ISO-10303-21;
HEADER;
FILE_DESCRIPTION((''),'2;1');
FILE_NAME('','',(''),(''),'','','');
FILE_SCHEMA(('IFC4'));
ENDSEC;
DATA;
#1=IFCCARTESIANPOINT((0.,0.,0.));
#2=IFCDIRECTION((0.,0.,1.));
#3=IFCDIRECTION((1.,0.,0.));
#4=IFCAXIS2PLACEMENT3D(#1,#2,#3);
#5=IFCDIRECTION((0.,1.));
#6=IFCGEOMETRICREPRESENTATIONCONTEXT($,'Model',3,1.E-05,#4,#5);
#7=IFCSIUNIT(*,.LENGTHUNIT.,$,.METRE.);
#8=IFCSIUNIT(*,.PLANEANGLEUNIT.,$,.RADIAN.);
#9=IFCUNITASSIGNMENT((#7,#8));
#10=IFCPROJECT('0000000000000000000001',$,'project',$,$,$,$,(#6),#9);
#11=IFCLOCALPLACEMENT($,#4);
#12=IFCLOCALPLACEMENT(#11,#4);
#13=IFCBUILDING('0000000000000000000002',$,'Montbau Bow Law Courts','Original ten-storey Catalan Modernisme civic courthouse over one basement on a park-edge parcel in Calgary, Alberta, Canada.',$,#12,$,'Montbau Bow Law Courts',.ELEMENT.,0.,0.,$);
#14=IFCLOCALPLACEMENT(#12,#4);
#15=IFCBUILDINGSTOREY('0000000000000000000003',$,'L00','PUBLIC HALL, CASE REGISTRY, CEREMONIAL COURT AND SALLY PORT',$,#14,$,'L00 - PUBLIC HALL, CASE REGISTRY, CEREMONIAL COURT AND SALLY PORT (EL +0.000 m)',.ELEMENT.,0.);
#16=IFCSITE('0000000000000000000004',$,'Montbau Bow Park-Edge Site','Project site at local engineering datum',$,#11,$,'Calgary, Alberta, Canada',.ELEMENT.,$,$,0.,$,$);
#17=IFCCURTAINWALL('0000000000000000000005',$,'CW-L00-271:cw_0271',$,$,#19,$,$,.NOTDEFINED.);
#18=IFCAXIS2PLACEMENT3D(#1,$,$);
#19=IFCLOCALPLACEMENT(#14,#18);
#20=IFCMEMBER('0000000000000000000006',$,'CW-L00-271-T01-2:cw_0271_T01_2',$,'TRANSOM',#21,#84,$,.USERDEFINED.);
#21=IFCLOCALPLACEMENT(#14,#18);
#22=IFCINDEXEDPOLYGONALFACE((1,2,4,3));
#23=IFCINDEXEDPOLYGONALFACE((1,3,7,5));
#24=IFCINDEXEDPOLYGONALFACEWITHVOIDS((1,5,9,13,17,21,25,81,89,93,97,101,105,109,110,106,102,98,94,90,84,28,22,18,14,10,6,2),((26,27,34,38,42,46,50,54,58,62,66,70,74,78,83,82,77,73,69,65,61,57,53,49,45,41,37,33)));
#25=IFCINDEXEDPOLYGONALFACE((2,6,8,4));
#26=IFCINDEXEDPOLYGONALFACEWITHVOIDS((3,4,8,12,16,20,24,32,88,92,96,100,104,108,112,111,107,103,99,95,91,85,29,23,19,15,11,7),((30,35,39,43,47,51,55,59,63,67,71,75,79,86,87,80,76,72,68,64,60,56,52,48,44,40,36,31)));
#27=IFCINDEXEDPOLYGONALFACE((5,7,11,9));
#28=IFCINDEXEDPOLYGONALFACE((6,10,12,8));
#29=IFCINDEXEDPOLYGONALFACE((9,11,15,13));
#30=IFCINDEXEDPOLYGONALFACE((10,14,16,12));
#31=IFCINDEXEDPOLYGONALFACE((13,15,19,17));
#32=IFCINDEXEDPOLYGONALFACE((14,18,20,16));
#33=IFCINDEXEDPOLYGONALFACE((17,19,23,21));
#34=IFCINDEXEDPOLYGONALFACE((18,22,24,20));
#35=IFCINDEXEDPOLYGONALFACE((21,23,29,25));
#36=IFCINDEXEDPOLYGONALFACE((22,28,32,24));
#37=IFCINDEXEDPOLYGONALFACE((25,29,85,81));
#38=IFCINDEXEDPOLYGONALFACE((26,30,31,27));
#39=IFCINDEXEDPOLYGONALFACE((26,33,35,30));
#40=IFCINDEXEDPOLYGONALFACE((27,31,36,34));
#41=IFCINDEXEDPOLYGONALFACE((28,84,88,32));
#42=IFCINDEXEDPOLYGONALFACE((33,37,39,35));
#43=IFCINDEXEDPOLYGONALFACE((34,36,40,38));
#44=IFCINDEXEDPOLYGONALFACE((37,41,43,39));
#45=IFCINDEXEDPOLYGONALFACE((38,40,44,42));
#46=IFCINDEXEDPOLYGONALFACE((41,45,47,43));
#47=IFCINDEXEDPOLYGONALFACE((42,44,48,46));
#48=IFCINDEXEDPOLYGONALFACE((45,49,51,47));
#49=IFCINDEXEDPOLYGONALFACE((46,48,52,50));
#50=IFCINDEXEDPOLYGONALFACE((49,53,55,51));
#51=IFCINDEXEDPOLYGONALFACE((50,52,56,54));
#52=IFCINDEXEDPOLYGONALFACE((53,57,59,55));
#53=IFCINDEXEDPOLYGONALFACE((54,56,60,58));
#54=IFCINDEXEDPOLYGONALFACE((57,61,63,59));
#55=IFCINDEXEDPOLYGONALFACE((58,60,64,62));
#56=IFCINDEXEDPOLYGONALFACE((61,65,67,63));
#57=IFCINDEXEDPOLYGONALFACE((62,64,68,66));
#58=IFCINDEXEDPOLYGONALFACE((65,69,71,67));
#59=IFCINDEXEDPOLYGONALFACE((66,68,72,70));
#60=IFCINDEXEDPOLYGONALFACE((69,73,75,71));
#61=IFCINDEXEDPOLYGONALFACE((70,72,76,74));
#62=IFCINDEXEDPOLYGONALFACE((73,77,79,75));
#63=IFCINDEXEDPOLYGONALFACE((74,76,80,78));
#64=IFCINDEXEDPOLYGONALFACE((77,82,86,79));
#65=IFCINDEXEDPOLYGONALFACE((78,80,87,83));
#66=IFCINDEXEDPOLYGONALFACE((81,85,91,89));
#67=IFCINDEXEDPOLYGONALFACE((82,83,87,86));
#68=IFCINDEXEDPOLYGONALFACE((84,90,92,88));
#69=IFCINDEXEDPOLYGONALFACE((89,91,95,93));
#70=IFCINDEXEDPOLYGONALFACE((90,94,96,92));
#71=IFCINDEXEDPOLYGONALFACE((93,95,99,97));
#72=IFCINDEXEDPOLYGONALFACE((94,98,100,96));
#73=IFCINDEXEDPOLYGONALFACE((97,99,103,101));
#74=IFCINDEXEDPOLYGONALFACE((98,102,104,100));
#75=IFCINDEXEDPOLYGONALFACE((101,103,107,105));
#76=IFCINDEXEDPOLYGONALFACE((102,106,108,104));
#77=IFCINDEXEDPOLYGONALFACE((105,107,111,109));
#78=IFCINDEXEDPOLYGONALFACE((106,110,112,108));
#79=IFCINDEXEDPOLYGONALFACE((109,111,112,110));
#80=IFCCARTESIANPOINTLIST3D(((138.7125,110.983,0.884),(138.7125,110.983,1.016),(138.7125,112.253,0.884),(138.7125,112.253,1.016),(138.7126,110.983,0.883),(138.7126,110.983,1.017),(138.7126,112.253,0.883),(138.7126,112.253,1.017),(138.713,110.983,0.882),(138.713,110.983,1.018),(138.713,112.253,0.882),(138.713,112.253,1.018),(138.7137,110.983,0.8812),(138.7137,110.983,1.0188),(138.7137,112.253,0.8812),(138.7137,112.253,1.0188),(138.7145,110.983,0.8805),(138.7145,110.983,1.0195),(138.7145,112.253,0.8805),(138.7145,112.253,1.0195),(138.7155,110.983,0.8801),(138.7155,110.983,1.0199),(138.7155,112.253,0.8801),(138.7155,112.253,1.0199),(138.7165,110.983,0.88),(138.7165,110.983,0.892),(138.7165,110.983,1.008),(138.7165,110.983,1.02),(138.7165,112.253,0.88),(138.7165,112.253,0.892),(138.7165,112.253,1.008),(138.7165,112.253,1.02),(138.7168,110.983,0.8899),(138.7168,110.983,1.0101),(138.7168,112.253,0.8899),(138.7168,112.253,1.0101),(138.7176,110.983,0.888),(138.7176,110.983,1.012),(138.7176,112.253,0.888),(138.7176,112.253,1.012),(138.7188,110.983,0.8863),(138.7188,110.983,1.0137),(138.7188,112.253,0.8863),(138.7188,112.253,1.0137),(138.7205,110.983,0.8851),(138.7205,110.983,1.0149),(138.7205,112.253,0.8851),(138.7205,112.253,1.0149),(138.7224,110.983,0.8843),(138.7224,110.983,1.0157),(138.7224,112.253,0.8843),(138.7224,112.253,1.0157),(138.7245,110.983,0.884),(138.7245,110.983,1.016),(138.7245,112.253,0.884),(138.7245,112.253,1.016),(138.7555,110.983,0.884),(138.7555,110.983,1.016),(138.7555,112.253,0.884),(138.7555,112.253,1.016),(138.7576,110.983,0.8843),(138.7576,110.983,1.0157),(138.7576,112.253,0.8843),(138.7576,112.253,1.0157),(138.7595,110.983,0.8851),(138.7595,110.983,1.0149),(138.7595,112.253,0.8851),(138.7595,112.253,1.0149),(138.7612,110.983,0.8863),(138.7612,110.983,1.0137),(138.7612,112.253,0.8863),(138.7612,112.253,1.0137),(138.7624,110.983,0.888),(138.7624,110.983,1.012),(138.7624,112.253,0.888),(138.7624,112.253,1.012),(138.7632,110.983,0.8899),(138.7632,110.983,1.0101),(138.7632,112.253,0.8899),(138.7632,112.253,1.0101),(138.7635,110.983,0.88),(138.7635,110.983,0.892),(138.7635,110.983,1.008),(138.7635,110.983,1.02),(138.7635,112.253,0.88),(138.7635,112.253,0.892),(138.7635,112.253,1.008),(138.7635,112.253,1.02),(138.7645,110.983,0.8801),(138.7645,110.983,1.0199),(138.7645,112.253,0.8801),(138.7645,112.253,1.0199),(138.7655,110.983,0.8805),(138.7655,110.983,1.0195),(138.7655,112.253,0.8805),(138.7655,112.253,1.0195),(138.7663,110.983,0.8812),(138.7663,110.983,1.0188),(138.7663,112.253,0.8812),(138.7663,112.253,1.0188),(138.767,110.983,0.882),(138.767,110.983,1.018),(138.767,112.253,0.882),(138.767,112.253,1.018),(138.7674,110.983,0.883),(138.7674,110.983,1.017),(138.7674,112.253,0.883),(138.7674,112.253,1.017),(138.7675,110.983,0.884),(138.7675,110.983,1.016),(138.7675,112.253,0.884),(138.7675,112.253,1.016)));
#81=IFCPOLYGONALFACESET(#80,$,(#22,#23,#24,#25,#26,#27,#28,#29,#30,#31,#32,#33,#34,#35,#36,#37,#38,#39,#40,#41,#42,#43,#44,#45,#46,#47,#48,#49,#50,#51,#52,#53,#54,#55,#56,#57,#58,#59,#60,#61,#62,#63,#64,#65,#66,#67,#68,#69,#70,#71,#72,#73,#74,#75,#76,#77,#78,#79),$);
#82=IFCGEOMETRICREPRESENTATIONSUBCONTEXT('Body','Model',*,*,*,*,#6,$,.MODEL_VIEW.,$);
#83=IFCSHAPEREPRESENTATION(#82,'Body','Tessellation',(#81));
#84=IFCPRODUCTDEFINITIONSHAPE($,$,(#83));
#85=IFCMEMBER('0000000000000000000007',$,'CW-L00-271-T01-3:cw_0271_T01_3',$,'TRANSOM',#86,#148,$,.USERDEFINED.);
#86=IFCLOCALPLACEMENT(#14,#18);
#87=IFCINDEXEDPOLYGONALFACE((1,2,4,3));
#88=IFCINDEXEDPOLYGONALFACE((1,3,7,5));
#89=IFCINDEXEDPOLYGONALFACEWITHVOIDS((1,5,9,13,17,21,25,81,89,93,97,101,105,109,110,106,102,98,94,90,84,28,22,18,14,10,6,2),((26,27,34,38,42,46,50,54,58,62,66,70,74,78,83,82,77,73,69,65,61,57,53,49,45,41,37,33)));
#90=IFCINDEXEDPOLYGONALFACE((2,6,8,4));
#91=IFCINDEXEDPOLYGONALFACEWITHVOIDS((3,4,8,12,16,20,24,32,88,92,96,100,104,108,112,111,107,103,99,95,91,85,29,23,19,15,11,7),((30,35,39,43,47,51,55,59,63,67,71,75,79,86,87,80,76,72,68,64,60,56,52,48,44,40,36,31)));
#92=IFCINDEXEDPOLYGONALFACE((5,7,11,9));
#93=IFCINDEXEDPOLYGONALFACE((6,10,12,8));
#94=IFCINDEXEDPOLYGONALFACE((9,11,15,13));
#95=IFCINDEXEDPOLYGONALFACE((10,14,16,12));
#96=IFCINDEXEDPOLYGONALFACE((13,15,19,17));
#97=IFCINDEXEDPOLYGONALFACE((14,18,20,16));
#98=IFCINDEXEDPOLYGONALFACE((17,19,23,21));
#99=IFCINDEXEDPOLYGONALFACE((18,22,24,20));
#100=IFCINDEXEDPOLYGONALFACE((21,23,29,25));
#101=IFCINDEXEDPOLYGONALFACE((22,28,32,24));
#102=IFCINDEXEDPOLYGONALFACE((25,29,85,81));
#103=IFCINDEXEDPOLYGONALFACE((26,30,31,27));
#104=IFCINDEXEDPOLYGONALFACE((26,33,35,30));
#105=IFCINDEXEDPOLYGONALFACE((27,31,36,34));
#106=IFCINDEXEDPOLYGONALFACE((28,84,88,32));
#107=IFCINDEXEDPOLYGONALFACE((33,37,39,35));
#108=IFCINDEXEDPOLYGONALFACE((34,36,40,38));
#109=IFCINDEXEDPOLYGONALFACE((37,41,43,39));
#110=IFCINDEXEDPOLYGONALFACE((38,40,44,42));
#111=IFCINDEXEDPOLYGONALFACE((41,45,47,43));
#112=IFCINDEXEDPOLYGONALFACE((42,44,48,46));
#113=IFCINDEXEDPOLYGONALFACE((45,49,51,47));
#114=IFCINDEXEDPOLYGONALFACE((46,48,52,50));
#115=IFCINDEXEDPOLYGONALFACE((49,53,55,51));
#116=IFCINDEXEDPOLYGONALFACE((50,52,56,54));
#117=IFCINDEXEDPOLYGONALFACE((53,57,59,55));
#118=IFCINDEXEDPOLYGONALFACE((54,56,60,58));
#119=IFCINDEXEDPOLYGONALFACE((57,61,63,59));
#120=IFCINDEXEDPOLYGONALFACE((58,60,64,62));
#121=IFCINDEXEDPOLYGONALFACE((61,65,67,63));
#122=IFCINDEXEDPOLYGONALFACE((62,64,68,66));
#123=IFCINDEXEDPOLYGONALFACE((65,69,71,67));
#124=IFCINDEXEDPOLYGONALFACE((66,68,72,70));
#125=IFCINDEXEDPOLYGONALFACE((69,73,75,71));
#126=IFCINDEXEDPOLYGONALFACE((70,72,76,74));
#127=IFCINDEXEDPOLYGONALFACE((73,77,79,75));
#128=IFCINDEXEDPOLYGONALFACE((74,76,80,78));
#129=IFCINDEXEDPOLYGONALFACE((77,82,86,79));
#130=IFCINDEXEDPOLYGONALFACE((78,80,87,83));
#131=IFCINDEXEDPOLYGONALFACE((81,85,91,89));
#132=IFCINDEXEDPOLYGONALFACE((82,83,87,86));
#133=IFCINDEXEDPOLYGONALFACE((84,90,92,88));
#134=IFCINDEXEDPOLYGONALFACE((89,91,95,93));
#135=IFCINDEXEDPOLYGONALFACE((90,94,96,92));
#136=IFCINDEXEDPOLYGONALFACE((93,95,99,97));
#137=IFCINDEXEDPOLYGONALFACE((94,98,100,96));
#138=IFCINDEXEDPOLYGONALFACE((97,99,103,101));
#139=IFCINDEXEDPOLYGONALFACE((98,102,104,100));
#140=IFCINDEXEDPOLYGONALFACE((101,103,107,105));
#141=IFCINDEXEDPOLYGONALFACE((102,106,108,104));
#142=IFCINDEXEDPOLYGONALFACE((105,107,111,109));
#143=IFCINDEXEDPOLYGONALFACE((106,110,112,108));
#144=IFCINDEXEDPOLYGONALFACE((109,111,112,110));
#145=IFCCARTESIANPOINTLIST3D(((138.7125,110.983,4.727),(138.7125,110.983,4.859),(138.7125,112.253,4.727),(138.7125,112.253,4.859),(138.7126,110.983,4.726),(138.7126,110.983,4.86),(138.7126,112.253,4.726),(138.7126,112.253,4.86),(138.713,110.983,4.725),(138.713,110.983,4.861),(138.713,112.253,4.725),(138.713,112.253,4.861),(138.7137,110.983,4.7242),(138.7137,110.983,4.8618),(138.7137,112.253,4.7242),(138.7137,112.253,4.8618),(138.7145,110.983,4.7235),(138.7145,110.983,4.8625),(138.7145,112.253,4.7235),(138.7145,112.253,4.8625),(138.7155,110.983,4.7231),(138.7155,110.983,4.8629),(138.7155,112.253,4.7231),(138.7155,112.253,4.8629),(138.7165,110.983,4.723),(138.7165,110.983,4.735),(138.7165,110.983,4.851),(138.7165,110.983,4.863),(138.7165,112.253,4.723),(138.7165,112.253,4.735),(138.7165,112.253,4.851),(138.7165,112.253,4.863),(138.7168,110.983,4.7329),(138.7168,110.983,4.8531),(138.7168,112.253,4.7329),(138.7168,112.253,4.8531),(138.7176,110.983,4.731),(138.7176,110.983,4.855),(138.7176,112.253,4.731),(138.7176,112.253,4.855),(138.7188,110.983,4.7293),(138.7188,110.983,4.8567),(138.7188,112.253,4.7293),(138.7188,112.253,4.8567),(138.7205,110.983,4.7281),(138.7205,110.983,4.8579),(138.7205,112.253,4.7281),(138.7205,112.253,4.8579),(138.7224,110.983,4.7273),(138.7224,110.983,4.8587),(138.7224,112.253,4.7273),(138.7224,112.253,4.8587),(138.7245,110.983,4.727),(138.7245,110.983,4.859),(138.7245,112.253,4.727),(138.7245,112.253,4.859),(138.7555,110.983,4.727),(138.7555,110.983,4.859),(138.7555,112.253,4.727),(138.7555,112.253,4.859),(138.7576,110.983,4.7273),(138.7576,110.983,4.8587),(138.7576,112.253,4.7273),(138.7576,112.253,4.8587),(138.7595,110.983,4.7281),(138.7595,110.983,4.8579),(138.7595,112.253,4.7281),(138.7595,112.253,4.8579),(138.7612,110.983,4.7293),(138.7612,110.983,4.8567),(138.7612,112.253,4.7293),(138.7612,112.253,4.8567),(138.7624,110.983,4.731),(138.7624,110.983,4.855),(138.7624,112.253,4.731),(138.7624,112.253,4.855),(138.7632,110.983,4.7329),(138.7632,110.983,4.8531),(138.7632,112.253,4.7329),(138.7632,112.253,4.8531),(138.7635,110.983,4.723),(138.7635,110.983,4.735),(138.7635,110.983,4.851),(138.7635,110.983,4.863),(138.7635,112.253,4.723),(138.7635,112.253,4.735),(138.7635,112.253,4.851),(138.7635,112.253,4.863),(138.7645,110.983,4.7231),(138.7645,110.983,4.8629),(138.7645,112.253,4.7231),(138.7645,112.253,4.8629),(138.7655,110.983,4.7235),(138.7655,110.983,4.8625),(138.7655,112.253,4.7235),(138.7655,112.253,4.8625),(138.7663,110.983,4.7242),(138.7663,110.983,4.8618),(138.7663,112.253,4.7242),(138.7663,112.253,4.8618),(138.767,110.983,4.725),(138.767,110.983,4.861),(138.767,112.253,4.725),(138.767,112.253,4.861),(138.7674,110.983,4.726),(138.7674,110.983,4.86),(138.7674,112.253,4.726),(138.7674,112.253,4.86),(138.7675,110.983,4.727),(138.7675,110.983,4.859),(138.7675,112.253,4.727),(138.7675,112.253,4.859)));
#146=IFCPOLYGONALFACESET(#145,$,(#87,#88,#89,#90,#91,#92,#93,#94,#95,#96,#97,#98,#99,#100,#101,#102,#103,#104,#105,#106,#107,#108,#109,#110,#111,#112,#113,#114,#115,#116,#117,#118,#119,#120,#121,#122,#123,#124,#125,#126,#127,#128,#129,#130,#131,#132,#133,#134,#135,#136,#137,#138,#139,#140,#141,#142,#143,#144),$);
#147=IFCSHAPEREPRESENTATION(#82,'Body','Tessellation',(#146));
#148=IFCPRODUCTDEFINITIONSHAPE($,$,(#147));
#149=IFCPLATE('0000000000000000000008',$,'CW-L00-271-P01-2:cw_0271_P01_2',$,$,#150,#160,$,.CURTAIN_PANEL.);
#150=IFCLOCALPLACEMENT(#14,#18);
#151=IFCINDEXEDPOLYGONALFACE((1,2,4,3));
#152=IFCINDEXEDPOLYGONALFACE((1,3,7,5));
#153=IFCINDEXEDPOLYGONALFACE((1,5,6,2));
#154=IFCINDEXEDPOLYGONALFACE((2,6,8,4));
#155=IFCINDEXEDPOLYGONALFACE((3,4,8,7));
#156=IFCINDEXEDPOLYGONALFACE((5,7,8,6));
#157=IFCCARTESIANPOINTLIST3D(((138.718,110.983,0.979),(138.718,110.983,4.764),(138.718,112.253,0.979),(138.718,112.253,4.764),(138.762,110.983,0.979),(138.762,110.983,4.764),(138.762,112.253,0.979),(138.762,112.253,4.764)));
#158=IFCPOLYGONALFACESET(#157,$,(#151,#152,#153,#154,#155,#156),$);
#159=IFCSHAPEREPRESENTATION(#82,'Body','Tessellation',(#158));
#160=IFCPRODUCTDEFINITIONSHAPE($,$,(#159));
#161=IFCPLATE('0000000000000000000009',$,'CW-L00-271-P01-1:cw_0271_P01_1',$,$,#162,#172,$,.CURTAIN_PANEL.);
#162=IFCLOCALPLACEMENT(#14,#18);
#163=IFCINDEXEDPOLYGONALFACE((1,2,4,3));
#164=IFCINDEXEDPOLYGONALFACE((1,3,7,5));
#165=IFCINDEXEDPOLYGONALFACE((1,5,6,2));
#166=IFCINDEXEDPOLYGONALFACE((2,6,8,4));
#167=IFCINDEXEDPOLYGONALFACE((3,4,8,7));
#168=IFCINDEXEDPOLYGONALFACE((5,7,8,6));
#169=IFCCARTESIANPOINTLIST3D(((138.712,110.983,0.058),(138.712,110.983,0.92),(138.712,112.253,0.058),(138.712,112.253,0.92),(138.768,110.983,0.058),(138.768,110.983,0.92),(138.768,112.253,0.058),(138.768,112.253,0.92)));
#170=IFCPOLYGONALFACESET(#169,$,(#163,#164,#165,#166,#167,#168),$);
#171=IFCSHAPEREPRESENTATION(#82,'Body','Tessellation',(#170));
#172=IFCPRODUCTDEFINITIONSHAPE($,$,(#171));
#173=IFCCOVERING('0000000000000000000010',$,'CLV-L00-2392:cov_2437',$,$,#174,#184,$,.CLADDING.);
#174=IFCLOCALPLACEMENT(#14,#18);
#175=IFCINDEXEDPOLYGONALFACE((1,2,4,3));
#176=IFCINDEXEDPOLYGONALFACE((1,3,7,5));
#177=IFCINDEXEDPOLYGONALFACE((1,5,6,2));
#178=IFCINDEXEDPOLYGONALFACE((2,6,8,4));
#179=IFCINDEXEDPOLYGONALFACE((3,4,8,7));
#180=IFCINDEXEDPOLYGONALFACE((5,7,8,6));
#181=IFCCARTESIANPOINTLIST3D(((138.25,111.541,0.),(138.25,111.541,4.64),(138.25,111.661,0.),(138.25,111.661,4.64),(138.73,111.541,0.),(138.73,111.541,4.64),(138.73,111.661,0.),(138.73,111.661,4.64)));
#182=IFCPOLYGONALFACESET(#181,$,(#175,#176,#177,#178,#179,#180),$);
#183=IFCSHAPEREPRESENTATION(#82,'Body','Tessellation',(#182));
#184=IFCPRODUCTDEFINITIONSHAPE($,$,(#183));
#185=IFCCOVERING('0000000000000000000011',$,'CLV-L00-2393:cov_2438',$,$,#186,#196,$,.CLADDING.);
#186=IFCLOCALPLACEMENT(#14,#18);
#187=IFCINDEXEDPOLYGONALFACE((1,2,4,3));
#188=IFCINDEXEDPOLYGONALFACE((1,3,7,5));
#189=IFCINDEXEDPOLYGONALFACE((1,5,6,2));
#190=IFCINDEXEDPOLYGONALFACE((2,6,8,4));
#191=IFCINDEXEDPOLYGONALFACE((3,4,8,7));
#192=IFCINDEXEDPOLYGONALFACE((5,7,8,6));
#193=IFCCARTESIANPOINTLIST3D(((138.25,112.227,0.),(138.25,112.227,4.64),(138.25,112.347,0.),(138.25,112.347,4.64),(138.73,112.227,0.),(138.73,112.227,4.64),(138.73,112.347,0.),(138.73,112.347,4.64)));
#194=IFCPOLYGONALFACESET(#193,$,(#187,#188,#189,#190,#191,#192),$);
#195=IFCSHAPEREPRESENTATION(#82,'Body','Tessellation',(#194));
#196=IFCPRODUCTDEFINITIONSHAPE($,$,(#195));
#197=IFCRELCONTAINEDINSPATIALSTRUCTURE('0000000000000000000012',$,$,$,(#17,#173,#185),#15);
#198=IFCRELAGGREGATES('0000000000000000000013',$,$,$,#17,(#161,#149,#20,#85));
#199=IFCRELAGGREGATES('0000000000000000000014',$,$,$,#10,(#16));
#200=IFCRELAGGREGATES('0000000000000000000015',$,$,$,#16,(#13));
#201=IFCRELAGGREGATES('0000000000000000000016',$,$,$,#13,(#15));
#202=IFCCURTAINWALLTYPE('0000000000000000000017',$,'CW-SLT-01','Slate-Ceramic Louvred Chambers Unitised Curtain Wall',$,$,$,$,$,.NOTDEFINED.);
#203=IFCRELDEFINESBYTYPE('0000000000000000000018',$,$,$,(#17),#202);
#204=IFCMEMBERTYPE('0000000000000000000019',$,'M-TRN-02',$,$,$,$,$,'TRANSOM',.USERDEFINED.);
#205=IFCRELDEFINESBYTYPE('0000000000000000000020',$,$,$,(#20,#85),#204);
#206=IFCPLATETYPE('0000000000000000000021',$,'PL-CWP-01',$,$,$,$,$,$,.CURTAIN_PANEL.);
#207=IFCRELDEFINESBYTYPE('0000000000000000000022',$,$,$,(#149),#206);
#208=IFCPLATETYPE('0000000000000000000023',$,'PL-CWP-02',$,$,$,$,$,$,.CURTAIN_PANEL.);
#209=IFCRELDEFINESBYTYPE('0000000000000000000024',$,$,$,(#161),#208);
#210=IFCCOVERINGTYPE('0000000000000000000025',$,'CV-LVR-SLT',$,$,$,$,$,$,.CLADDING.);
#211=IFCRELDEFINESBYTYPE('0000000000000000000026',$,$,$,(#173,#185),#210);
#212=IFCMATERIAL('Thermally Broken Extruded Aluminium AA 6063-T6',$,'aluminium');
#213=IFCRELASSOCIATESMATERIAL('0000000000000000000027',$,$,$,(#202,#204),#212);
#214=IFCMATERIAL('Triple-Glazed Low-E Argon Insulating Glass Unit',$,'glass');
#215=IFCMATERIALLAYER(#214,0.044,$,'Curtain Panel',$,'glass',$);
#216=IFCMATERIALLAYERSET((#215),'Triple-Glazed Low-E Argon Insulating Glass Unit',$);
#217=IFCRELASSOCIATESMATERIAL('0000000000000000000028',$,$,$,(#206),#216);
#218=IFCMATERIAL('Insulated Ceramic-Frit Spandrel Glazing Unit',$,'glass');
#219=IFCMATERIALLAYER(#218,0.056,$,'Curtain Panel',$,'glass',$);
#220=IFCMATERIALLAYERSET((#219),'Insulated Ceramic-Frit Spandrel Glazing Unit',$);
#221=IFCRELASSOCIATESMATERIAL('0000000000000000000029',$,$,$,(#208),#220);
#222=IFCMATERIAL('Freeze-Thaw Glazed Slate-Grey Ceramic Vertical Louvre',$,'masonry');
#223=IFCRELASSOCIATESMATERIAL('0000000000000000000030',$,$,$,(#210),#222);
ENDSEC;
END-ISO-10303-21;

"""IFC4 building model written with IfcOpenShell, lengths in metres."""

from ifc_helpers import new_model, si_unit, direction, frame, frame_2d, origin_with_axes, origin_2d_with_axis, place, context, subcontext, project, spatial, rectangle, hollow_rectangle, extrude, material, layer, layer_set, material_profile, profile_set, type_object, element, aggregate, save


model = new_model("IFC4")

# Units and contexts
model_context = context("Model", 3, precision=1e-05, world=origin_with_axes(), true_north=direction((0.0, 1.0)))
body_context = subcontext(model_context, "Body", "Model", "MODEL_VIEW")
ifc_project = project(units=[si_unit("LENGTHUNIT", "METRE"), si_unit("PLANEANGLEUNIT", "RADIAN")], contexts=[model_context])

# Site, building, storey
site_placement = place(None, origin_with_axes())
site = spatial("IfcSite", under=ifc_project, at=site_placement, Name="Montbau Bow Park-Edge Site", Description="Project site at local engineering datum", LongName="Calgary, Alberta, Canada", CompositionType="ELEMENT", RefElevation=0.0)
building_placement = place(site_placement, origin_with_axes())
building = spatial("IfcBuilding", under=site, at=building_placement, Name="Montbau Bow Law Courts", Description="Original ten-storey Catalan Modernisme civic courthouse over one basement on a park-edge parcel in Calgary, Alberta, Canada.", LongName="Montbau Bow Law Courts", CompositionType="ELEMENT", ElevationOfRefHeight=0.0, ElevationOfTerrain=0.0)
storey_placement = place(building_placement, origin_with_axes())
storey = spatial("IfcBuildingStorey", under=building, at=storey_placement, Name="L00", Description="PUBLIC HALL, CASE REGISTRY, CEREMONIAL COURT AND SALLY PORT", LongName="L00 - PUBLIC HALL, CASE REGISTRY, CEREMONIAL COURT AND SALLY PORT (EL +0.000 m)", CompositionType="ELEMENT", Elevation=0.0)

# Curtain wall, members, plates
ifc_material_1 = material(Name="Thermally Broken Extruded Aluminium AA 6063-T6", Category="aluminium")
curtain_wall_type = type_object("IfcCurtainWallType", Name="CW-SLT-01", Description="Slate-Ceramic Louvred Chambers Unitised Curtain Wall", PredefinedType="NOTDEFINED", material=ifc_material_1)
curtain_wall_placement = place(None, frame((138.74, 110.915, 0.0), z_axis=(0.0, 0.0, 1.0), x_axis=(1.0, 0.0, 0.0)))
curtain_wall = element("IfcCurtainWall", 1, at=curtain_wall_placement, inside=storey, type_object=curtain_wall_type, Name="CW-L00-271:cw_0271", PredefinedType="NOTDEFINED")
ifc_material_profile_1 = material_profile(ifc_material_1, hollow_rectangle(XDim=0.055, YDim=0.14, WallThickness=0.004, InnerFilletRadius=0.008, OuterFilletRadius=0.004, at=origin_2d_with_axis()), Name="CWT-140X55", Category="Main", Priority=0)
ifc_profile_set_1 = profile_set([ifc_material_profile_1], Name="Thermally Broken Extruded Aluminium AA 6063-T6")
member_type_1 = type_object("IfcMemberType", Name="M-TRN-02", ElementType="TRANSOM", PredefinedType="USERDEFINED", material=ifc_profile_set_1)
member_1_placement = place(None, frame((138.74, 110.983, 0.95), z_axis=(0.0, 1.0, 0.0), x_axis=(-1.0, 0.0, 0.0)))
member_1 = element("IfcMember", 2, at=member_1_placement, type_object=member_type_1, Name="CW-L00-271-T01-2:cw_0271_T01_2", ObjectType="TRANSOM", PredefinedType="USERDEFINED", context=body_context, shape_type="SweptSolid", body=[
    extrude(hollow_rectangle(XDim=0.055, YDim=0.14, WallThickness=0.004, InnerFilletRadius=0.008, OuterFilletRadius=0.004, at=origin_2d_with_axis()), origin_with_axes(), (0.0, 0.0, 1.0), 1.27),
])
member_2_placement = place(None, frame((138.74, 110.983, 4.793), z_axis=(0.0, 1.0, 0.0), x_axis=(-1.0, 0.0, 0.0)))
member_2 = element("IfcMember", 3, at=member_2_placement, type_object=member_type_1, Name="CW-L00-271-T01-3:cw_0271_T01_3", ObjectType="TRANSOM", PredefinedType="USERDEFINED", context=body_context, shape_type="SweptSolid", body=[
    extrude(hollow_rectangle(XDim=0.055, YDim=0.14, WallThickness=0.004, InnerFilletRadius=0.008, OuterFilletRadius=0.004, at=origin_2d_with_axis()), origin_with_axes(), (0.0, 0.0, 1.0), 1.27),
])
ifc_material_2 = material(Name="Triple-Glazed Low-E Argon Insulating Glass Unit", Category="glass")
ifc_layer_1 = layer(ifc_material_2, 0.044, Name="Curtain Panel", Category="glass")
ifc_layer_set_1 = layer_set([ifc_layer_1], Name="Triple-Glazed Low-E Argon Insulating Glass Unit")
plate_type_1 = type_object("IfcPlateType", Name="PL-CWP-01", PredefinedType="CURTAIN_PANEL", material=ifc_layer_set_1)
plate_1_placement = place(None, frame((138.74, 110.983, 0.979), z_axis=(1.0, 0.0, 0.0), x_axis=(0.0, 1.0, 0.0)))
plate_1 = element("IfcPlate", 4, at=plate_1_placement, type_object=plate_type_1, Name="CW-L00-271-P01-2:cw_0271_P01_2", PredefinedType="CURTAIN_PANEL", context=body_context, shape_type="SweptSolid", body=[
    extrude(rectangle(XDim=1.27, YDim=3.785, at=frame_2d((0.635, 1.8925), x_axis=(1.0, 0.0))), frame((0.0, 0.0, -0.022), z_axis=(0.0, 0.0, 1.0), x_axis=(1.0, 0.0, 0.0)), (0.0, 0.0, 1.0), 0.044),
])
ifc_material_3 = material(Name="Insulated Ceramic-Frit Spandrel Glazing Unit", Category="glass")
ifc_layer_2 = layer(ifc_material_3, 0.056, Name="Curtain Panel", Category="glass")
ifc_layer_set_2 = layer_set([ifc_layer_2], Name="Insulated Ceramic-Frit Spandrel Glazing Unit")
plate_type_2 = type_object("IfcPlateType", Name="PL-CWP-02", PredefinedType="CURTAIN_PANEL", material=ifc_layer_set_2)
plate_2_placement = place(None, frame((138.74, 110.983, 0.058), z_axis=(1.0, 0.0, 0.0), x_axis=(0.0, 1.0, 0.0)))
plate_2 = element("IfcPlate", 5, at=plate_2_placement, type_object=plate_type_2, Name="CW-L00-271-P01-1:cw_0271_P01_1", PredefinedType="CURTAIN_PANEL", context=body_context, shape_type="SweptSolid", body=[
    extrude(rectangle(XDim=1.27, YDim=0.862, at=frame_2d((0.635, 0.431), x_axis=(1.0, 0.0))), frame((0.0, 0.0, -0.028), z_axis=(0.0, 0.0, 1.0), x_axis=(1.0, 0.0, 0.0)), (0.0, 0.0, 1.0), 0.056),
])
aggregate(curtain_wall, [plate_2, plate_1, member_1, member_2])

# Coverings
ifc_material_4 = material(Name="Freeze-Thaw Glazed Slate-Grey Ceramic Vertical Louvre", Category="masonry")
covering_type = type_object("IfcCoveringType", Name="CV-LVR-SLT", PredefinedType="CLADDING", material=ifc_material_4)
for number, where, z_axis, x_axis, name in (
    (6, (138.73, 111.601, 0.0), (0.0, 1.0, 0.0), (-1.0, 0.0, 0.0), "CLV-L00-2392:cov_2437"),
    (7, (138.73, 112.287, 0.0), (0.0, 1.0, 0.0), (-1.0, 0.0, 0.0), "CLV-L00-2393:cov_2438"),
):
    element("IfcCovering", number, at=place(None, frame(where, z_axis=z_axis, x_axis=x_axis)), inside=storey, type_object=covering_type, Name=name, PredefinedType="CLADDING", context=body_context, shape_type="SweptSolid", body=[
        extrude(rectangle(XDim=0.48, YDim=4.64, at=frame_2d((0.24, 2.32), x_axis=(1.0, 0.0))), frame((0.0, 0.0, -0.06), z_axis=(0.0, 0.0, 1.0), x_axis=(1.0, 0.0, 0.0)), (0.0, 0.0, 1.0), 0.12),
    ])

save(model, "model.ifc")
